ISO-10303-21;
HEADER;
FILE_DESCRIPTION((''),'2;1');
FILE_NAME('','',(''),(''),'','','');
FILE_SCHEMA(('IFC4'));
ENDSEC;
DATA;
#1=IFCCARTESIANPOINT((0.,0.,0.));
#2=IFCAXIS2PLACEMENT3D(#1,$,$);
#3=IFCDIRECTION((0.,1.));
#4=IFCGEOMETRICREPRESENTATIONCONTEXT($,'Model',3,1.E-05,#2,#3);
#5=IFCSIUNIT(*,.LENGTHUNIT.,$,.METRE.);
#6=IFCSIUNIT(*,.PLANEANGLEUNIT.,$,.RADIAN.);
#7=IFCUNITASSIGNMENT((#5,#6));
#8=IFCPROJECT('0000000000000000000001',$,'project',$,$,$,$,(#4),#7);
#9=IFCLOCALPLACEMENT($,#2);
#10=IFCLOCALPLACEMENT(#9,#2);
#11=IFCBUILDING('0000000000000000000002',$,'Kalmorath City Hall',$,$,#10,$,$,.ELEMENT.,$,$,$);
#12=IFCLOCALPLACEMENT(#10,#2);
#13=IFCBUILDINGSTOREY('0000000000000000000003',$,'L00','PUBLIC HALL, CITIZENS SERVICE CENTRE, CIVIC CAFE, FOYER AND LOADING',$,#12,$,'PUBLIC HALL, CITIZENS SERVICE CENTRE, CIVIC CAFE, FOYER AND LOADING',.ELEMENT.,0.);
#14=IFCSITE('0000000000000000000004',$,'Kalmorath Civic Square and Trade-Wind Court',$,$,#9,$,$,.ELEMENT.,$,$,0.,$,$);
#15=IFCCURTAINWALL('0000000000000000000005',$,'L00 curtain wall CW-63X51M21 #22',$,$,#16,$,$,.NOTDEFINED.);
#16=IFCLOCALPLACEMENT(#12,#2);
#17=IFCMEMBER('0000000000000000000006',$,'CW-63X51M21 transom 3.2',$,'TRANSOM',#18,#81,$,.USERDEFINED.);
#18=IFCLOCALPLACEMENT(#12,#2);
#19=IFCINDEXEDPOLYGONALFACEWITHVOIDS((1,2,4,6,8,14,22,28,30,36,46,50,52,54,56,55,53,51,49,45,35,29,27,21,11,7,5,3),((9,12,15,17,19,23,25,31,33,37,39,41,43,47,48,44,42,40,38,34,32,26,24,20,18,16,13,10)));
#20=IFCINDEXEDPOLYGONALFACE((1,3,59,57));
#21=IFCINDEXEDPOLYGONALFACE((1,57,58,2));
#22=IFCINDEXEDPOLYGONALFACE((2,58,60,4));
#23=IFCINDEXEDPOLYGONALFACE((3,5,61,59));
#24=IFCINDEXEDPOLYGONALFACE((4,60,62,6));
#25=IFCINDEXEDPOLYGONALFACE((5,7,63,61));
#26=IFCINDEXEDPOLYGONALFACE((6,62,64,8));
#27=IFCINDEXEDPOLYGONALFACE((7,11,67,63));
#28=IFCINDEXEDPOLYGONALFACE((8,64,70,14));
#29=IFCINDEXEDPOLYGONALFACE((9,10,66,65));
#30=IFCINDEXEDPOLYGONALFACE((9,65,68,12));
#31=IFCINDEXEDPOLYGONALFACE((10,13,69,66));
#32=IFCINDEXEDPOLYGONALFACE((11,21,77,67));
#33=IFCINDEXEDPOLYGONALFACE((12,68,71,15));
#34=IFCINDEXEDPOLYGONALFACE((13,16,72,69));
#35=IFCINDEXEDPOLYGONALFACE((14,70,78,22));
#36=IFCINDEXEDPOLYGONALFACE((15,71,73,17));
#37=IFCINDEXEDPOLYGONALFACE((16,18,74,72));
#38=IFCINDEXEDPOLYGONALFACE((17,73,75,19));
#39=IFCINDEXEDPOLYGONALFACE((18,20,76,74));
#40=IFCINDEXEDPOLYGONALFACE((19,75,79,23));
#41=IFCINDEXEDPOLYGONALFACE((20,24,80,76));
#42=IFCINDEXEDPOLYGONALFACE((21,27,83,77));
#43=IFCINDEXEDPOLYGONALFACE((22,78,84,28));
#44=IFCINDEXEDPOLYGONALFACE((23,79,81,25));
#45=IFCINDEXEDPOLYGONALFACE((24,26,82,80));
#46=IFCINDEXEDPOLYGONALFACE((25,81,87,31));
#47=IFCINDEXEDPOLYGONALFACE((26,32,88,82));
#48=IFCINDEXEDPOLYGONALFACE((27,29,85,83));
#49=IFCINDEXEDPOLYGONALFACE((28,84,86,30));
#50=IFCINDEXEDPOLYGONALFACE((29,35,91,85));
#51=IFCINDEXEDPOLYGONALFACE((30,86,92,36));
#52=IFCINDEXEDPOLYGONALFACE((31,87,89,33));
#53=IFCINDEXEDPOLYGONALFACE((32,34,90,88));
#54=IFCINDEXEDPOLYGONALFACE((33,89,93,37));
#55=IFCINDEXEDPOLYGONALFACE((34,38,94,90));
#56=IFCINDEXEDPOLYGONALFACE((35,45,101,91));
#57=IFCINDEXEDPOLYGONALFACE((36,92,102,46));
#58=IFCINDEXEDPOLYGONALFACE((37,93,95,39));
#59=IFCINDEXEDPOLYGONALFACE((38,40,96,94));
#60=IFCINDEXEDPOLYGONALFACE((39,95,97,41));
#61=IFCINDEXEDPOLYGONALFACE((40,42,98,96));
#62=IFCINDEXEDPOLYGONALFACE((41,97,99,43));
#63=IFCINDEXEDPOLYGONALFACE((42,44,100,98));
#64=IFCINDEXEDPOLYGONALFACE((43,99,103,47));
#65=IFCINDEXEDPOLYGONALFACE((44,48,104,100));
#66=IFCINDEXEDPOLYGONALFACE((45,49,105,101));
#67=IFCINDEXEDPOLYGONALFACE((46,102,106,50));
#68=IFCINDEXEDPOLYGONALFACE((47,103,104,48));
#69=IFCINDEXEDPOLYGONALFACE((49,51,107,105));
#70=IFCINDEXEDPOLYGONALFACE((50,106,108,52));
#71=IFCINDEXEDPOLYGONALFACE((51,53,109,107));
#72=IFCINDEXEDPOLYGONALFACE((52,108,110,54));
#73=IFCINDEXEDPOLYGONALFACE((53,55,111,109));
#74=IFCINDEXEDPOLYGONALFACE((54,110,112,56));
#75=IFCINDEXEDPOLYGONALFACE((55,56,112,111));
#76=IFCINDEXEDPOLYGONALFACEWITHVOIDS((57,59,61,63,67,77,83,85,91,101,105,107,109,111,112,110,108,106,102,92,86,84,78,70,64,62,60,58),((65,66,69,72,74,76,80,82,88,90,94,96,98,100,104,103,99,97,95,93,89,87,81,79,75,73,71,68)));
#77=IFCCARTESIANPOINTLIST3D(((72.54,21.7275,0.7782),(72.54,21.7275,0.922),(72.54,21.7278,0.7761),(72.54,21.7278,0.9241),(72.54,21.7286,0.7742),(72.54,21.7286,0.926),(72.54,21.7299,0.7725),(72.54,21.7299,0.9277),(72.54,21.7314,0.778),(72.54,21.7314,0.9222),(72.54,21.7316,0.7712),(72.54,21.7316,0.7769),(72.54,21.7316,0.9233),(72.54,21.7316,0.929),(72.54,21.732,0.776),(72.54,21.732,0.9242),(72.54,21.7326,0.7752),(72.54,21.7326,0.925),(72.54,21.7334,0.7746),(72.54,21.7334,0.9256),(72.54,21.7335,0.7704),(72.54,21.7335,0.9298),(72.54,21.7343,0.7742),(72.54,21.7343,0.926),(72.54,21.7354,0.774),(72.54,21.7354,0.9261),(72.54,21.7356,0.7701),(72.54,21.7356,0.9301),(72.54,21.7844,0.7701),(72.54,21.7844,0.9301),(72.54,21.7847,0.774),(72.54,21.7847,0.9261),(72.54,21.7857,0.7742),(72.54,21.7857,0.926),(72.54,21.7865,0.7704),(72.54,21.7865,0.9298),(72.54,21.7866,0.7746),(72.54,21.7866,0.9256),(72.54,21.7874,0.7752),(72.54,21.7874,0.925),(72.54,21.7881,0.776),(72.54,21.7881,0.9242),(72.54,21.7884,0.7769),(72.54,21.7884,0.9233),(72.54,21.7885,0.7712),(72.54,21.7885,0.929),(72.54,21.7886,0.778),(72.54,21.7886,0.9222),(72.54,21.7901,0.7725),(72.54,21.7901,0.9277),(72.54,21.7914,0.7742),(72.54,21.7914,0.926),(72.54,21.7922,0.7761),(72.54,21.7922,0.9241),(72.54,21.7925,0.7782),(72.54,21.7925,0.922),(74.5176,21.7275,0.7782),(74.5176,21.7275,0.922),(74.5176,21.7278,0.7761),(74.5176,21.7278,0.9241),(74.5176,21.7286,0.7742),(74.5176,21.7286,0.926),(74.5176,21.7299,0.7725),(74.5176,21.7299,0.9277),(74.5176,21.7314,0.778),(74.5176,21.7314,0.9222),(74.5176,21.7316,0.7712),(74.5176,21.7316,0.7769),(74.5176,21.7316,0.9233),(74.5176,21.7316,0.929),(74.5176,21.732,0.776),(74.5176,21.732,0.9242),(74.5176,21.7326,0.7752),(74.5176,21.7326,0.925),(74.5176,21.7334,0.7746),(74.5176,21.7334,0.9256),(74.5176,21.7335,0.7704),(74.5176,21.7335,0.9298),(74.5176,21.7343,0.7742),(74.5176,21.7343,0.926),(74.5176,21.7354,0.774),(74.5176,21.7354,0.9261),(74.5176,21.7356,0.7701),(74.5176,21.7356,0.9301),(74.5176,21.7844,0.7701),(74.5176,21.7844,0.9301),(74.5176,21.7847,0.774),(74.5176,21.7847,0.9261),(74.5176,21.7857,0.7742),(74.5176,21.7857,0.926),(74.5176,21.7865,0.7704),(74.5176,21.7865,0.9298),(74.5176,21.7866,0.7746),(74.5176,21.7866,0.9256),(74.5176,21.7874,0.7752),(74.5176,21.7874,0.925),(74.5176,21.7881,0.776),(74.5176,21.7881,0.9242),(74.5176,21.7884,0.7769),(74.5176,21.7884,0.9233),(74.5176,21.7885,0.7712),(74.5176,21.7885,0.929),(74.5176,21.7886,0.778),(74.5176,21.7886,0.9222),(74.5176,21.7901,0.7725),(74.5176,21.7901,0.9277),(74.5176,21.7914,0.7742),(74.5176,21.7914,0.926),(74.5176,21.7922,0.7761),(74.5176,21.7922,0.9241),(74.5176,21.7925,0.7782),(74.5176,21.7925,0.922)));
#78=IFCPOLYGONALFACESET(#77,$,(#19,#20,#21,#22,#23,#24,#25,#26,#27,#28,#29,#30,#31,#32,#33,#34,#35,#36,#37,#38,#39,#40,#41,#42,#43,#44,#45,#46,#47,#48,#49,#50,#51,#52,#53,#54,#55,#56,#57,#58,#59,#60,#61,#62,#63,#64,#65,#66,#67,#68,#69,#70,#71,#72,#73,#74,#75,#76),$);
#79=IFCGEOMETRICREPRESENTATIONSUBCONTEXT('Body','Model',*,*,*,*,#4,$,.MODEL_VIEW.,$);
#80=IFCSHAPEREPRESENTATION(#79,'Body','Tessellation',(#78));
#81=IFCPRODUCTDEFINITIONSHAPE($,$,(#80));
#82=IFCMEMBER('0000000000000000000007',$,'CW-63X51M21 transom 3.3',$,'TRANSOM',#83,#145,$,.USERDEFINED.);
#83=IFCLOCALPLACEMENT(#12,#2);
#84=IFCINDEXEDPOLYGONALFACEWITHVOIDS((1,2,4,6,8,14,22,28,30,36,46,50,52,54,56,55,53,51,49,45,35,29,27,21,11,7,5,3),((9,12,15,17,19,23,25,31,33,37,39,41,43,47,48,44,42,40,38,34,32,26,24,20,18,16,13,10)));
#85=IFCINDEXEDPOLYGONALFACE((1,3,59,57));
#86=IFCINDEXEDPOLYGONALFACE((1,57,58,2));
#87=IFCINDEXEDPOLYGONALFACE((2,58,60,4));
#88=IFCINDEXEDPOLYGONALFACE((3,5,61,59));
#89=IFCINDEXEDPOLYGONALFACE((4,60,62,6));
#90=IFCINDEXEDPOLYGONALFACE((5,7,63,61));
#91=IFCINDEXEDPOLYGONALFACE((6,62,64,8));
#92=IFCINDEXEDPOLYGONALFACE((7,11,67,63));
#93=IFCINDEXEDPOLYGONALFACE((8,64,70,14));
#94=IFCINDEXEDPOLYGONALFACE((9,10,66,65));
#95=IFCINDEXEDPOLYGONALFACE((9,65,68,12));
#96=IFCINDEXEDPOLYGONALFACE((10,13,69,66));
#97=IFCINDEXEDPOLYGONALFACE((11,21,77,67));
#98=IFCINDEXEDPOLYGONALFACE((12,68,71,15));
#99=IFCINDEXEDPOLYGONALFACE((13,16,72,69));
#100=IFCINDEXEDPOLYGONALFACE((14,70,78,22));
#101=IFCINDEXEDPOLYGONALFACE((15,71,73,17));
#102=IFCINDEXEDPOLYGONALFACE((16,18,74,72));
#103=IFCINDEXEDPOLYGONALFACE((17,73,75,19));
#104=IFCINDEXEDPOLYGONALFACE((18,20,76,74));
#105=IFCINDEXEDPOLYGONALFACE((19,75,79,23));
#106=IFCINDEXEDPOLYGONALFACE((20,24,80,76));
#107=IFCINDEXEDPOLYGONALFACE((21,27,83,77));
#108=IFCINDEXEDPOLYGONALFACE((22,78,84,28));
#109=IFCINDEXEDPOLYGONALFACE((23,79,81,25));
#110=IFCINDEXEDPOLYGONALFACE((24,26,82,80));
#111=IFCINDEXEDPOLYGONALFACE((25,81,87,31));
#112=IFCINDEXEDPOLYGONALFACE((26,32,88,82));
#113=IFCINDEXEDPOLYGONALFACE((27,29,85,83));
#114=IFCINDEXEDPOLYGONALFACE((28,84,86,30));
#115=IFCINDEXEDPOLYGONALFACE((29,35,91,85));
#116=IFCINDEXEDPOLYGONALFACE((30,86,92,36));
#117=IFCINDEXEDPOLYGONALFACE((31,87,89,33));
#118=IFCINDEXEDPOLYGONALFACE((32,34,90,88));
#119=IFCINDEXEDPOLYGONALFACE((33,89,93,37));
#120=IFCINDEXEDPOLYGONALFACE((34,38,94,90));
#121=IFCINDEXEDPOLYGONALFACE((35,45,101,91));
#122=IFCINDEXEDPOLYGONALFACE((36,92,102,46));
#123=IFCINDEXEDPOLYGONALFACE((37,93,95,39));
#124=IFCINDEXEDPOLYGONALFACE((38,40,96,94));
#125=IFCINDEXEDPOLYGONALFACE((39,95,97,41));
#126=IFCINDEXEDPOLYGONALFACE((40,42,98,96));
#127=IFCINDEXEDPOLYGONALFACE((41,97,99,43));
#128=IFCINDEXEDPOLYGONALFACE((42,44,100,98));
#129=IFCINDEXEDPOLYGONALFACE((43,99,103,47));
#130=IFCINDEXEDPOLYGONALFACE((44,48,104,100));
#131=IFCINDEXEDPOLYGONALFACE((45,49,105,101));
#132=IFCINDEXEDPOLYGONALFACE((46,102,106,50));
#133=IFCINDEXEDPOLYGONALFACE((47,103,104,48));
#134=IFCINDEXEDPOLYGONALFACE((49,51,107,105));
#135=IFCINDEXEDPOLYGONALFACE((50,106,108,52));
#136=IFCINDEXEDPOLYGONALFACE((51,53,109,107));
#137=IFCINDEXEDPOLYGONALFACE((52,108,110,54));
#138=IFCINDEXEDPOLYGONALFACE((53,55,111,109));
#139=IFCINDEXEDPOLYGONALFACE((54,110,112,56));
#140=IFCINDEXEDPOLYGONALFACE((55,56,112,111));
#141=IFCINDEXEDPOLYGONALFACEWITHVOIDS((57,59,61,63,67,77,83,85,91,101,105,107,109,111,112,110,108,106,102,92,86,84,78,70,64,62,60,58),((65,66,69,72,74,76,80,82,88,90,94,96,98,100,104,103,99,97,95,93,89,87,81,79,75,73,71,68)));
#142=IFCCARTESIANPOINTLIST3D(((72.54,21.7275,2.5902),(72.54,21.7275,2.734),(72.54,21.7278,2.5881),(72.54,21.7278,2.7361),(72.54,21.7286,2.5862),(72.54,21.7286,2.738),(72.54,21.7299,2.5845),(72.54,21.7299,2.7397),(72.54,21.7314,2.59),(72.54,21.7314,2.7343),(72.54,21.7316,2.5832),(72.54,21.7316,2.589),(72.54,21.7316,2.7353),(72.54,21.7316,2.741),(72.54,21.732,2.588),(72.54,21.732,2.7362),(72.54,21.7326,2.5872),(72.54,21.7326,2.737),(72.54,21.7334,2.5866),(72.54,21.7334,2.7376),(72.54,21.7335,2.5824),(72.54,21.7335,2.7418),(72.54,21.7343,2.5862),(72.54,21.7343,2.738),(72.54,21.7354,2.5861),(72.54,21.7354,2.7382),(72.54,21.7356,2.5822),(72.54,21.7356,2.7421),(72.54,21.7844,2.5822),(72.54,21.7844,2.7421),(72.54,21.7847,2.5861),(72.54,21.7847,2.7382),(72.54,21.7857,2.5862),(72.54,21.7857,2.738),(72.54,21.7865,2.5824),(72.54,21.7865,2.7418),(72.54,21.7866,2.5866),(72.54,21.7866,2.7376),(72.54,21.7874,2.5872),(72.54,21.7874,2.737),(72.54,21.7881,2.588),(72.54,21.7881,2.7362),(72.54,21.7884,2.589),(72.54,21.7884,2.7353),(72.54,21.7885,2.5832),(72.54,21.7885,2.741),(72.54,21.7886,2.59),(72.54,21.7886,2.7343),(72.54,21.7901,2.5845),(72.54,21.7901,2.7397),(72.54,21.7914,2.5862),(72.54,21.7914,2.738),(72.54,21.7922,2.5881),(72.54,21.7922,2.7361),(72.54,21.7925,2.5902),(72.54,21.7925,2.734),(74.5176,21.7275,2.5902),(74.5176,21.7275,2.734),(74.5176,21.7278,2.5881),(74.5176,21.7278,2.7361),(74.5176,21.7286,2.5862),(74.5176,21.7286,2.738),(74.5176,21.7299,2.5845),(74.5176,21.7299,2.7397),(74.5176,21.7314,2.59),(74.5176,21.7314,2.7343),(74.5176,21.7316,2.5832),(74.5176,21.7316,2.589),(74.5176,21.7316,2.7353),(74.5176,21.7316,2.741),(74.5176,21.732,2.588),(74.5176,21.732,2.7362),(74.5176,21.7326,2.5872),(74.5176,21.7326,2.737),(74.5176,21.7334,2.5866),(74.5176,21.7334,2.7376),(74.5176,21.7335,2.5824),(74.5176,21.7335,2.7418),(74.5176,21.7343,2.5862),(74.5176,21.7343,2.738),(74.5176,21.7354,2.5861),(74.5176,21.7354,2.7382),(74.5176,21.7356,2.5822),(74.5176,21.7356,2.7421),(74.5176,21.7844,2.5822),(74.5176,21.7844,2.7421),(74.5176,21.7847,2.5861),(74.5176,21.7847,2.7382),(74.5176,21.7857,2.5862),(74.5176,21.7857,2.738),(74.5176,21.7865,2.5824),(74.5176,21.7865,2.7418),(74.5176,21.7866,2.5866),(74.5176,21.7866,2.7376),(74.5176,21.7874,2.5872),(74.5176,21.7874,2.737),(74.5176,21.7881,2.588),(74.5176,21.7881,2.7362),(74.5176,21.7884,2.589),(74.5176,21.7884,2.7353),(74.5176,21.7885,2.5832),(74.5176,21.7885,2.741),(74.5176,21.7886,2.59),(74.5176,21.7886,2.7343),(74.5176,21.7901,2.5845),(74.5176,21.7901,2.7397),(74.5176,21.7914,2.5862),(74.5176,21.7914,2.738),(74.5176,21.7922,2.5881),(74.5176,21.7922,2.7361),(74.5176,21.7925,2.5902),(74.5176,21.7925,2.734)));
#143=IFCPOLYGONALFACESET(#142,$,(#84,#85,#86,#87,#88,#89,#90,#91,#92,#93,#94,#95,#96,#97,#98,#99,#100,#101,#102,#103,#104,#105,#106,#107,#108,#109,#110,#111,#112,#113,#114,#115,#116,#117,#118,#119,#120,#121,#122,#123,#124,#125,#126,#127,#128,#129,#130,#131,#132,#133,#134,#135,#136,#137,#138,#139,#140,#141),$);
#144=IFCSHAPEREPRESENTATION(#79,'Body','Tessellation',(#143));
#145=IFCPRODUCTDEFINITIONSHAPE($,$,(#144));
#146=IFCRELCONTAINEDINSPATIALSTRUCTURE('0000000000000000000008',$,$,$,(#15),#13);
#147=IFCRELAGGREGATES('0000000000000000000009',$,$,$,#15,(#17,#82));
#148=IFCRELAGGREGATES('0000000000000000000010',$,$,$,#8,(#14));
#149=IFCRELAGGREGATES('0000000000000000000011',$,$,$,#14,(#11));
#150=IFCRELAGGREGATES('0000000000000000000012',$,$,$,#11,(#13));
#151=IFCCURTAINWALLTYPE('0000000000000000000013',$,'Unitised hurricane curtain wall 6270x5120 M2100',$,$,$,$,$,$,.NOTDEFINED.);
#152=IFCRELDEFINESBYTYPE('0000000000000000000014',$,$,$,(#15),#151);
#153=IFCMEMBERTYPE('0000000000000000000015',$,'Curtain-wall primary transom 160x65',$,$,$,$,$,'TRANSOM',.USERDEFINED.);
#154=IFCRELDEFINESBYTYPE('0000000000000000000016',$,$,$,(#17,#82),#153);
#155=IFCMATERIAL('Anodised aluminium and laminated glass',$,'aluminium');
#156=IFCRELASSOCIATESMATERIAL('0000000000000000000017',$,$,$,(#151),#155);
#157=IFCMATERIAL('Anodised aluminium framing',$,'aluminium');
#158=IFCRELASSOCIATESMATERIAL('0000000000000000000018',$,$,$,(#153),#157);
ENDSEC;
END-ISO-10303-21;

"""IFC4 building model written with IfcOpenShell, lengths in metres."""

from ifc_helpers import new_model, si_unit, direction, frame, origin, origin_2d, place, context, subcontext, project, spatial, hollow_rectangle, extrude, material, material_profile, profile_set, type_object, element, aggregate, save


model = new_model("IFC4")

# Units and contexts
model_context = context("Model", 3, precision=1e-05, world=origin(), true_north=direction((0.0, 1.0)))
body_context = subcontext(model_context, "Body", "Model", "MODEL_VIEW")
ifc_project = project(units=[si_unit("LENGTHUNIT", "METRE"), si_unit("PLANEANGLEUNIT", "RADIAN")], contexts=[model_context])

# Site, building, storey
site_placement = place(None, origin())
site = spatial("IfcSite", under=ifc_project, at=site_placement, Name="Kalmorath Civic Square and Trade-Wind Court", CompositionType="ELEMENT", RefElevation=0.0)
building_placement = place(site_placement, origin())
building = spatial("IfcBuilding", under=site, at=building_placement, Name="Kalmorath City Hall", CompositionType="ELEMENT")
storey_placement = place(building_placement, origin())
storey = spatial("IfcBuildingStorey", under=building, at=storey_placement, Name="L00", Description="PUBLIC HALL, CITIZENS SERVICE CENTRE, CIVIC CAFE, FOYER AND LOADING", LongName="PUBLIC HALL, CITIZENS SERVICE CENTRE, CIVIC CAFE, FOYER AND LOADING", CompositionType="ELEMENT", Elevation=0.0)

# Curtain wall, members
ifc_material_1 = material(Name="Anodised aluminium and laminated glass", Category="aluminium")
curtain_wall_type = type_object("IfcCurtainWallType", Name="Unitised hurricane curtain wall 6270x5120 M2100", PredefinedType="NOTDEFINED", material=ifc_material_1)
curtain_wall_placement = place(storey_placement, origin())
curtain_wall = element("IfcCurtainWall", 1, at=curtain_wall_placement, inside=storey, type_object=curtain_wall_type, Name="L00 curtain wall CW-63X51M21 #22", PredefinedType="NOTDEFINED")
ifc_material_2 = material(Name="Anodised aluminium framing", Category="aluminium")
ifc_material_profile_1 = material_profile(ifc_material_2, hollow_rectangle(XDim=0.0649, YDim=0.1599, WallThickness=0.0039, InnerFilletRadius=0.0039, OuterFilletRadius=0.0081, at=origin_2d()), Name="ALU-TRN-160X65X4")
ifc_profile_set_1 = profile_set([ifc_material_profile_1], Name="Anodised aluminium framing")
member_type_1 = type_object("IfcMemberType", Name="Curtain-wall primary transom 160x65", ElementType="TRANSOM", PredefinedType="USERDEFINED", material=ifc_profile_set_1)
member_1_placement = place(storey_placement, frame((74.5176, 21.76, 0.8501), z_axis=(-1.0, 0.0, 0.0), x_axis=(0.0, -1.0, 0.0)))
member_1 = element("IfcMember", 2, at=member_1_placement, type_object=member_type_1, Name="CW-63X51M21 transom 3.2", ObjectType="TRANSOM", PredefinedType="USERDEFINED", context=body_context, shape_type="SweptSolid", body=[
    extrude(hollow_rectangle(XDim=0.0649, YDim=0.1599, WallThickness=0.0039, InnerFilletRadius=0.0039, OuterFilletRadius=0.0081, at=origin_2d()), origin(), (0.0, 0.0, 1.0), 1.9775),
])
member_2_placement = place(storey_placement, frame((74.5176, 21.76, 2.6621), z_axis=(-1.0, 0.0, 0.0), x_axis=(0.0, -1.0, 0.0)))
member_2 = element("IfcMember", 3, at=member_2_placement, type_object=member_type_1, Name="CW-63X51M21 transom 3.3", ObjectType="TRANSOM", PredefinedType="USERDEFINED", context=body_context, shape_type="SweptSolid", body=[
    extrude(hollow_rectangle(XDim=0.0649, YDim=0.1599, WallThickness=0.0039, InnerFilletRadius=0.0039, OuterFilletRadius=0.0081, at=origin_2d()), origin(), (0.0, 0.0, 1.0), 1.9775),
])

aggregate(curtain_wall, [member_1, member_2])

save(model, "model.ifc")
